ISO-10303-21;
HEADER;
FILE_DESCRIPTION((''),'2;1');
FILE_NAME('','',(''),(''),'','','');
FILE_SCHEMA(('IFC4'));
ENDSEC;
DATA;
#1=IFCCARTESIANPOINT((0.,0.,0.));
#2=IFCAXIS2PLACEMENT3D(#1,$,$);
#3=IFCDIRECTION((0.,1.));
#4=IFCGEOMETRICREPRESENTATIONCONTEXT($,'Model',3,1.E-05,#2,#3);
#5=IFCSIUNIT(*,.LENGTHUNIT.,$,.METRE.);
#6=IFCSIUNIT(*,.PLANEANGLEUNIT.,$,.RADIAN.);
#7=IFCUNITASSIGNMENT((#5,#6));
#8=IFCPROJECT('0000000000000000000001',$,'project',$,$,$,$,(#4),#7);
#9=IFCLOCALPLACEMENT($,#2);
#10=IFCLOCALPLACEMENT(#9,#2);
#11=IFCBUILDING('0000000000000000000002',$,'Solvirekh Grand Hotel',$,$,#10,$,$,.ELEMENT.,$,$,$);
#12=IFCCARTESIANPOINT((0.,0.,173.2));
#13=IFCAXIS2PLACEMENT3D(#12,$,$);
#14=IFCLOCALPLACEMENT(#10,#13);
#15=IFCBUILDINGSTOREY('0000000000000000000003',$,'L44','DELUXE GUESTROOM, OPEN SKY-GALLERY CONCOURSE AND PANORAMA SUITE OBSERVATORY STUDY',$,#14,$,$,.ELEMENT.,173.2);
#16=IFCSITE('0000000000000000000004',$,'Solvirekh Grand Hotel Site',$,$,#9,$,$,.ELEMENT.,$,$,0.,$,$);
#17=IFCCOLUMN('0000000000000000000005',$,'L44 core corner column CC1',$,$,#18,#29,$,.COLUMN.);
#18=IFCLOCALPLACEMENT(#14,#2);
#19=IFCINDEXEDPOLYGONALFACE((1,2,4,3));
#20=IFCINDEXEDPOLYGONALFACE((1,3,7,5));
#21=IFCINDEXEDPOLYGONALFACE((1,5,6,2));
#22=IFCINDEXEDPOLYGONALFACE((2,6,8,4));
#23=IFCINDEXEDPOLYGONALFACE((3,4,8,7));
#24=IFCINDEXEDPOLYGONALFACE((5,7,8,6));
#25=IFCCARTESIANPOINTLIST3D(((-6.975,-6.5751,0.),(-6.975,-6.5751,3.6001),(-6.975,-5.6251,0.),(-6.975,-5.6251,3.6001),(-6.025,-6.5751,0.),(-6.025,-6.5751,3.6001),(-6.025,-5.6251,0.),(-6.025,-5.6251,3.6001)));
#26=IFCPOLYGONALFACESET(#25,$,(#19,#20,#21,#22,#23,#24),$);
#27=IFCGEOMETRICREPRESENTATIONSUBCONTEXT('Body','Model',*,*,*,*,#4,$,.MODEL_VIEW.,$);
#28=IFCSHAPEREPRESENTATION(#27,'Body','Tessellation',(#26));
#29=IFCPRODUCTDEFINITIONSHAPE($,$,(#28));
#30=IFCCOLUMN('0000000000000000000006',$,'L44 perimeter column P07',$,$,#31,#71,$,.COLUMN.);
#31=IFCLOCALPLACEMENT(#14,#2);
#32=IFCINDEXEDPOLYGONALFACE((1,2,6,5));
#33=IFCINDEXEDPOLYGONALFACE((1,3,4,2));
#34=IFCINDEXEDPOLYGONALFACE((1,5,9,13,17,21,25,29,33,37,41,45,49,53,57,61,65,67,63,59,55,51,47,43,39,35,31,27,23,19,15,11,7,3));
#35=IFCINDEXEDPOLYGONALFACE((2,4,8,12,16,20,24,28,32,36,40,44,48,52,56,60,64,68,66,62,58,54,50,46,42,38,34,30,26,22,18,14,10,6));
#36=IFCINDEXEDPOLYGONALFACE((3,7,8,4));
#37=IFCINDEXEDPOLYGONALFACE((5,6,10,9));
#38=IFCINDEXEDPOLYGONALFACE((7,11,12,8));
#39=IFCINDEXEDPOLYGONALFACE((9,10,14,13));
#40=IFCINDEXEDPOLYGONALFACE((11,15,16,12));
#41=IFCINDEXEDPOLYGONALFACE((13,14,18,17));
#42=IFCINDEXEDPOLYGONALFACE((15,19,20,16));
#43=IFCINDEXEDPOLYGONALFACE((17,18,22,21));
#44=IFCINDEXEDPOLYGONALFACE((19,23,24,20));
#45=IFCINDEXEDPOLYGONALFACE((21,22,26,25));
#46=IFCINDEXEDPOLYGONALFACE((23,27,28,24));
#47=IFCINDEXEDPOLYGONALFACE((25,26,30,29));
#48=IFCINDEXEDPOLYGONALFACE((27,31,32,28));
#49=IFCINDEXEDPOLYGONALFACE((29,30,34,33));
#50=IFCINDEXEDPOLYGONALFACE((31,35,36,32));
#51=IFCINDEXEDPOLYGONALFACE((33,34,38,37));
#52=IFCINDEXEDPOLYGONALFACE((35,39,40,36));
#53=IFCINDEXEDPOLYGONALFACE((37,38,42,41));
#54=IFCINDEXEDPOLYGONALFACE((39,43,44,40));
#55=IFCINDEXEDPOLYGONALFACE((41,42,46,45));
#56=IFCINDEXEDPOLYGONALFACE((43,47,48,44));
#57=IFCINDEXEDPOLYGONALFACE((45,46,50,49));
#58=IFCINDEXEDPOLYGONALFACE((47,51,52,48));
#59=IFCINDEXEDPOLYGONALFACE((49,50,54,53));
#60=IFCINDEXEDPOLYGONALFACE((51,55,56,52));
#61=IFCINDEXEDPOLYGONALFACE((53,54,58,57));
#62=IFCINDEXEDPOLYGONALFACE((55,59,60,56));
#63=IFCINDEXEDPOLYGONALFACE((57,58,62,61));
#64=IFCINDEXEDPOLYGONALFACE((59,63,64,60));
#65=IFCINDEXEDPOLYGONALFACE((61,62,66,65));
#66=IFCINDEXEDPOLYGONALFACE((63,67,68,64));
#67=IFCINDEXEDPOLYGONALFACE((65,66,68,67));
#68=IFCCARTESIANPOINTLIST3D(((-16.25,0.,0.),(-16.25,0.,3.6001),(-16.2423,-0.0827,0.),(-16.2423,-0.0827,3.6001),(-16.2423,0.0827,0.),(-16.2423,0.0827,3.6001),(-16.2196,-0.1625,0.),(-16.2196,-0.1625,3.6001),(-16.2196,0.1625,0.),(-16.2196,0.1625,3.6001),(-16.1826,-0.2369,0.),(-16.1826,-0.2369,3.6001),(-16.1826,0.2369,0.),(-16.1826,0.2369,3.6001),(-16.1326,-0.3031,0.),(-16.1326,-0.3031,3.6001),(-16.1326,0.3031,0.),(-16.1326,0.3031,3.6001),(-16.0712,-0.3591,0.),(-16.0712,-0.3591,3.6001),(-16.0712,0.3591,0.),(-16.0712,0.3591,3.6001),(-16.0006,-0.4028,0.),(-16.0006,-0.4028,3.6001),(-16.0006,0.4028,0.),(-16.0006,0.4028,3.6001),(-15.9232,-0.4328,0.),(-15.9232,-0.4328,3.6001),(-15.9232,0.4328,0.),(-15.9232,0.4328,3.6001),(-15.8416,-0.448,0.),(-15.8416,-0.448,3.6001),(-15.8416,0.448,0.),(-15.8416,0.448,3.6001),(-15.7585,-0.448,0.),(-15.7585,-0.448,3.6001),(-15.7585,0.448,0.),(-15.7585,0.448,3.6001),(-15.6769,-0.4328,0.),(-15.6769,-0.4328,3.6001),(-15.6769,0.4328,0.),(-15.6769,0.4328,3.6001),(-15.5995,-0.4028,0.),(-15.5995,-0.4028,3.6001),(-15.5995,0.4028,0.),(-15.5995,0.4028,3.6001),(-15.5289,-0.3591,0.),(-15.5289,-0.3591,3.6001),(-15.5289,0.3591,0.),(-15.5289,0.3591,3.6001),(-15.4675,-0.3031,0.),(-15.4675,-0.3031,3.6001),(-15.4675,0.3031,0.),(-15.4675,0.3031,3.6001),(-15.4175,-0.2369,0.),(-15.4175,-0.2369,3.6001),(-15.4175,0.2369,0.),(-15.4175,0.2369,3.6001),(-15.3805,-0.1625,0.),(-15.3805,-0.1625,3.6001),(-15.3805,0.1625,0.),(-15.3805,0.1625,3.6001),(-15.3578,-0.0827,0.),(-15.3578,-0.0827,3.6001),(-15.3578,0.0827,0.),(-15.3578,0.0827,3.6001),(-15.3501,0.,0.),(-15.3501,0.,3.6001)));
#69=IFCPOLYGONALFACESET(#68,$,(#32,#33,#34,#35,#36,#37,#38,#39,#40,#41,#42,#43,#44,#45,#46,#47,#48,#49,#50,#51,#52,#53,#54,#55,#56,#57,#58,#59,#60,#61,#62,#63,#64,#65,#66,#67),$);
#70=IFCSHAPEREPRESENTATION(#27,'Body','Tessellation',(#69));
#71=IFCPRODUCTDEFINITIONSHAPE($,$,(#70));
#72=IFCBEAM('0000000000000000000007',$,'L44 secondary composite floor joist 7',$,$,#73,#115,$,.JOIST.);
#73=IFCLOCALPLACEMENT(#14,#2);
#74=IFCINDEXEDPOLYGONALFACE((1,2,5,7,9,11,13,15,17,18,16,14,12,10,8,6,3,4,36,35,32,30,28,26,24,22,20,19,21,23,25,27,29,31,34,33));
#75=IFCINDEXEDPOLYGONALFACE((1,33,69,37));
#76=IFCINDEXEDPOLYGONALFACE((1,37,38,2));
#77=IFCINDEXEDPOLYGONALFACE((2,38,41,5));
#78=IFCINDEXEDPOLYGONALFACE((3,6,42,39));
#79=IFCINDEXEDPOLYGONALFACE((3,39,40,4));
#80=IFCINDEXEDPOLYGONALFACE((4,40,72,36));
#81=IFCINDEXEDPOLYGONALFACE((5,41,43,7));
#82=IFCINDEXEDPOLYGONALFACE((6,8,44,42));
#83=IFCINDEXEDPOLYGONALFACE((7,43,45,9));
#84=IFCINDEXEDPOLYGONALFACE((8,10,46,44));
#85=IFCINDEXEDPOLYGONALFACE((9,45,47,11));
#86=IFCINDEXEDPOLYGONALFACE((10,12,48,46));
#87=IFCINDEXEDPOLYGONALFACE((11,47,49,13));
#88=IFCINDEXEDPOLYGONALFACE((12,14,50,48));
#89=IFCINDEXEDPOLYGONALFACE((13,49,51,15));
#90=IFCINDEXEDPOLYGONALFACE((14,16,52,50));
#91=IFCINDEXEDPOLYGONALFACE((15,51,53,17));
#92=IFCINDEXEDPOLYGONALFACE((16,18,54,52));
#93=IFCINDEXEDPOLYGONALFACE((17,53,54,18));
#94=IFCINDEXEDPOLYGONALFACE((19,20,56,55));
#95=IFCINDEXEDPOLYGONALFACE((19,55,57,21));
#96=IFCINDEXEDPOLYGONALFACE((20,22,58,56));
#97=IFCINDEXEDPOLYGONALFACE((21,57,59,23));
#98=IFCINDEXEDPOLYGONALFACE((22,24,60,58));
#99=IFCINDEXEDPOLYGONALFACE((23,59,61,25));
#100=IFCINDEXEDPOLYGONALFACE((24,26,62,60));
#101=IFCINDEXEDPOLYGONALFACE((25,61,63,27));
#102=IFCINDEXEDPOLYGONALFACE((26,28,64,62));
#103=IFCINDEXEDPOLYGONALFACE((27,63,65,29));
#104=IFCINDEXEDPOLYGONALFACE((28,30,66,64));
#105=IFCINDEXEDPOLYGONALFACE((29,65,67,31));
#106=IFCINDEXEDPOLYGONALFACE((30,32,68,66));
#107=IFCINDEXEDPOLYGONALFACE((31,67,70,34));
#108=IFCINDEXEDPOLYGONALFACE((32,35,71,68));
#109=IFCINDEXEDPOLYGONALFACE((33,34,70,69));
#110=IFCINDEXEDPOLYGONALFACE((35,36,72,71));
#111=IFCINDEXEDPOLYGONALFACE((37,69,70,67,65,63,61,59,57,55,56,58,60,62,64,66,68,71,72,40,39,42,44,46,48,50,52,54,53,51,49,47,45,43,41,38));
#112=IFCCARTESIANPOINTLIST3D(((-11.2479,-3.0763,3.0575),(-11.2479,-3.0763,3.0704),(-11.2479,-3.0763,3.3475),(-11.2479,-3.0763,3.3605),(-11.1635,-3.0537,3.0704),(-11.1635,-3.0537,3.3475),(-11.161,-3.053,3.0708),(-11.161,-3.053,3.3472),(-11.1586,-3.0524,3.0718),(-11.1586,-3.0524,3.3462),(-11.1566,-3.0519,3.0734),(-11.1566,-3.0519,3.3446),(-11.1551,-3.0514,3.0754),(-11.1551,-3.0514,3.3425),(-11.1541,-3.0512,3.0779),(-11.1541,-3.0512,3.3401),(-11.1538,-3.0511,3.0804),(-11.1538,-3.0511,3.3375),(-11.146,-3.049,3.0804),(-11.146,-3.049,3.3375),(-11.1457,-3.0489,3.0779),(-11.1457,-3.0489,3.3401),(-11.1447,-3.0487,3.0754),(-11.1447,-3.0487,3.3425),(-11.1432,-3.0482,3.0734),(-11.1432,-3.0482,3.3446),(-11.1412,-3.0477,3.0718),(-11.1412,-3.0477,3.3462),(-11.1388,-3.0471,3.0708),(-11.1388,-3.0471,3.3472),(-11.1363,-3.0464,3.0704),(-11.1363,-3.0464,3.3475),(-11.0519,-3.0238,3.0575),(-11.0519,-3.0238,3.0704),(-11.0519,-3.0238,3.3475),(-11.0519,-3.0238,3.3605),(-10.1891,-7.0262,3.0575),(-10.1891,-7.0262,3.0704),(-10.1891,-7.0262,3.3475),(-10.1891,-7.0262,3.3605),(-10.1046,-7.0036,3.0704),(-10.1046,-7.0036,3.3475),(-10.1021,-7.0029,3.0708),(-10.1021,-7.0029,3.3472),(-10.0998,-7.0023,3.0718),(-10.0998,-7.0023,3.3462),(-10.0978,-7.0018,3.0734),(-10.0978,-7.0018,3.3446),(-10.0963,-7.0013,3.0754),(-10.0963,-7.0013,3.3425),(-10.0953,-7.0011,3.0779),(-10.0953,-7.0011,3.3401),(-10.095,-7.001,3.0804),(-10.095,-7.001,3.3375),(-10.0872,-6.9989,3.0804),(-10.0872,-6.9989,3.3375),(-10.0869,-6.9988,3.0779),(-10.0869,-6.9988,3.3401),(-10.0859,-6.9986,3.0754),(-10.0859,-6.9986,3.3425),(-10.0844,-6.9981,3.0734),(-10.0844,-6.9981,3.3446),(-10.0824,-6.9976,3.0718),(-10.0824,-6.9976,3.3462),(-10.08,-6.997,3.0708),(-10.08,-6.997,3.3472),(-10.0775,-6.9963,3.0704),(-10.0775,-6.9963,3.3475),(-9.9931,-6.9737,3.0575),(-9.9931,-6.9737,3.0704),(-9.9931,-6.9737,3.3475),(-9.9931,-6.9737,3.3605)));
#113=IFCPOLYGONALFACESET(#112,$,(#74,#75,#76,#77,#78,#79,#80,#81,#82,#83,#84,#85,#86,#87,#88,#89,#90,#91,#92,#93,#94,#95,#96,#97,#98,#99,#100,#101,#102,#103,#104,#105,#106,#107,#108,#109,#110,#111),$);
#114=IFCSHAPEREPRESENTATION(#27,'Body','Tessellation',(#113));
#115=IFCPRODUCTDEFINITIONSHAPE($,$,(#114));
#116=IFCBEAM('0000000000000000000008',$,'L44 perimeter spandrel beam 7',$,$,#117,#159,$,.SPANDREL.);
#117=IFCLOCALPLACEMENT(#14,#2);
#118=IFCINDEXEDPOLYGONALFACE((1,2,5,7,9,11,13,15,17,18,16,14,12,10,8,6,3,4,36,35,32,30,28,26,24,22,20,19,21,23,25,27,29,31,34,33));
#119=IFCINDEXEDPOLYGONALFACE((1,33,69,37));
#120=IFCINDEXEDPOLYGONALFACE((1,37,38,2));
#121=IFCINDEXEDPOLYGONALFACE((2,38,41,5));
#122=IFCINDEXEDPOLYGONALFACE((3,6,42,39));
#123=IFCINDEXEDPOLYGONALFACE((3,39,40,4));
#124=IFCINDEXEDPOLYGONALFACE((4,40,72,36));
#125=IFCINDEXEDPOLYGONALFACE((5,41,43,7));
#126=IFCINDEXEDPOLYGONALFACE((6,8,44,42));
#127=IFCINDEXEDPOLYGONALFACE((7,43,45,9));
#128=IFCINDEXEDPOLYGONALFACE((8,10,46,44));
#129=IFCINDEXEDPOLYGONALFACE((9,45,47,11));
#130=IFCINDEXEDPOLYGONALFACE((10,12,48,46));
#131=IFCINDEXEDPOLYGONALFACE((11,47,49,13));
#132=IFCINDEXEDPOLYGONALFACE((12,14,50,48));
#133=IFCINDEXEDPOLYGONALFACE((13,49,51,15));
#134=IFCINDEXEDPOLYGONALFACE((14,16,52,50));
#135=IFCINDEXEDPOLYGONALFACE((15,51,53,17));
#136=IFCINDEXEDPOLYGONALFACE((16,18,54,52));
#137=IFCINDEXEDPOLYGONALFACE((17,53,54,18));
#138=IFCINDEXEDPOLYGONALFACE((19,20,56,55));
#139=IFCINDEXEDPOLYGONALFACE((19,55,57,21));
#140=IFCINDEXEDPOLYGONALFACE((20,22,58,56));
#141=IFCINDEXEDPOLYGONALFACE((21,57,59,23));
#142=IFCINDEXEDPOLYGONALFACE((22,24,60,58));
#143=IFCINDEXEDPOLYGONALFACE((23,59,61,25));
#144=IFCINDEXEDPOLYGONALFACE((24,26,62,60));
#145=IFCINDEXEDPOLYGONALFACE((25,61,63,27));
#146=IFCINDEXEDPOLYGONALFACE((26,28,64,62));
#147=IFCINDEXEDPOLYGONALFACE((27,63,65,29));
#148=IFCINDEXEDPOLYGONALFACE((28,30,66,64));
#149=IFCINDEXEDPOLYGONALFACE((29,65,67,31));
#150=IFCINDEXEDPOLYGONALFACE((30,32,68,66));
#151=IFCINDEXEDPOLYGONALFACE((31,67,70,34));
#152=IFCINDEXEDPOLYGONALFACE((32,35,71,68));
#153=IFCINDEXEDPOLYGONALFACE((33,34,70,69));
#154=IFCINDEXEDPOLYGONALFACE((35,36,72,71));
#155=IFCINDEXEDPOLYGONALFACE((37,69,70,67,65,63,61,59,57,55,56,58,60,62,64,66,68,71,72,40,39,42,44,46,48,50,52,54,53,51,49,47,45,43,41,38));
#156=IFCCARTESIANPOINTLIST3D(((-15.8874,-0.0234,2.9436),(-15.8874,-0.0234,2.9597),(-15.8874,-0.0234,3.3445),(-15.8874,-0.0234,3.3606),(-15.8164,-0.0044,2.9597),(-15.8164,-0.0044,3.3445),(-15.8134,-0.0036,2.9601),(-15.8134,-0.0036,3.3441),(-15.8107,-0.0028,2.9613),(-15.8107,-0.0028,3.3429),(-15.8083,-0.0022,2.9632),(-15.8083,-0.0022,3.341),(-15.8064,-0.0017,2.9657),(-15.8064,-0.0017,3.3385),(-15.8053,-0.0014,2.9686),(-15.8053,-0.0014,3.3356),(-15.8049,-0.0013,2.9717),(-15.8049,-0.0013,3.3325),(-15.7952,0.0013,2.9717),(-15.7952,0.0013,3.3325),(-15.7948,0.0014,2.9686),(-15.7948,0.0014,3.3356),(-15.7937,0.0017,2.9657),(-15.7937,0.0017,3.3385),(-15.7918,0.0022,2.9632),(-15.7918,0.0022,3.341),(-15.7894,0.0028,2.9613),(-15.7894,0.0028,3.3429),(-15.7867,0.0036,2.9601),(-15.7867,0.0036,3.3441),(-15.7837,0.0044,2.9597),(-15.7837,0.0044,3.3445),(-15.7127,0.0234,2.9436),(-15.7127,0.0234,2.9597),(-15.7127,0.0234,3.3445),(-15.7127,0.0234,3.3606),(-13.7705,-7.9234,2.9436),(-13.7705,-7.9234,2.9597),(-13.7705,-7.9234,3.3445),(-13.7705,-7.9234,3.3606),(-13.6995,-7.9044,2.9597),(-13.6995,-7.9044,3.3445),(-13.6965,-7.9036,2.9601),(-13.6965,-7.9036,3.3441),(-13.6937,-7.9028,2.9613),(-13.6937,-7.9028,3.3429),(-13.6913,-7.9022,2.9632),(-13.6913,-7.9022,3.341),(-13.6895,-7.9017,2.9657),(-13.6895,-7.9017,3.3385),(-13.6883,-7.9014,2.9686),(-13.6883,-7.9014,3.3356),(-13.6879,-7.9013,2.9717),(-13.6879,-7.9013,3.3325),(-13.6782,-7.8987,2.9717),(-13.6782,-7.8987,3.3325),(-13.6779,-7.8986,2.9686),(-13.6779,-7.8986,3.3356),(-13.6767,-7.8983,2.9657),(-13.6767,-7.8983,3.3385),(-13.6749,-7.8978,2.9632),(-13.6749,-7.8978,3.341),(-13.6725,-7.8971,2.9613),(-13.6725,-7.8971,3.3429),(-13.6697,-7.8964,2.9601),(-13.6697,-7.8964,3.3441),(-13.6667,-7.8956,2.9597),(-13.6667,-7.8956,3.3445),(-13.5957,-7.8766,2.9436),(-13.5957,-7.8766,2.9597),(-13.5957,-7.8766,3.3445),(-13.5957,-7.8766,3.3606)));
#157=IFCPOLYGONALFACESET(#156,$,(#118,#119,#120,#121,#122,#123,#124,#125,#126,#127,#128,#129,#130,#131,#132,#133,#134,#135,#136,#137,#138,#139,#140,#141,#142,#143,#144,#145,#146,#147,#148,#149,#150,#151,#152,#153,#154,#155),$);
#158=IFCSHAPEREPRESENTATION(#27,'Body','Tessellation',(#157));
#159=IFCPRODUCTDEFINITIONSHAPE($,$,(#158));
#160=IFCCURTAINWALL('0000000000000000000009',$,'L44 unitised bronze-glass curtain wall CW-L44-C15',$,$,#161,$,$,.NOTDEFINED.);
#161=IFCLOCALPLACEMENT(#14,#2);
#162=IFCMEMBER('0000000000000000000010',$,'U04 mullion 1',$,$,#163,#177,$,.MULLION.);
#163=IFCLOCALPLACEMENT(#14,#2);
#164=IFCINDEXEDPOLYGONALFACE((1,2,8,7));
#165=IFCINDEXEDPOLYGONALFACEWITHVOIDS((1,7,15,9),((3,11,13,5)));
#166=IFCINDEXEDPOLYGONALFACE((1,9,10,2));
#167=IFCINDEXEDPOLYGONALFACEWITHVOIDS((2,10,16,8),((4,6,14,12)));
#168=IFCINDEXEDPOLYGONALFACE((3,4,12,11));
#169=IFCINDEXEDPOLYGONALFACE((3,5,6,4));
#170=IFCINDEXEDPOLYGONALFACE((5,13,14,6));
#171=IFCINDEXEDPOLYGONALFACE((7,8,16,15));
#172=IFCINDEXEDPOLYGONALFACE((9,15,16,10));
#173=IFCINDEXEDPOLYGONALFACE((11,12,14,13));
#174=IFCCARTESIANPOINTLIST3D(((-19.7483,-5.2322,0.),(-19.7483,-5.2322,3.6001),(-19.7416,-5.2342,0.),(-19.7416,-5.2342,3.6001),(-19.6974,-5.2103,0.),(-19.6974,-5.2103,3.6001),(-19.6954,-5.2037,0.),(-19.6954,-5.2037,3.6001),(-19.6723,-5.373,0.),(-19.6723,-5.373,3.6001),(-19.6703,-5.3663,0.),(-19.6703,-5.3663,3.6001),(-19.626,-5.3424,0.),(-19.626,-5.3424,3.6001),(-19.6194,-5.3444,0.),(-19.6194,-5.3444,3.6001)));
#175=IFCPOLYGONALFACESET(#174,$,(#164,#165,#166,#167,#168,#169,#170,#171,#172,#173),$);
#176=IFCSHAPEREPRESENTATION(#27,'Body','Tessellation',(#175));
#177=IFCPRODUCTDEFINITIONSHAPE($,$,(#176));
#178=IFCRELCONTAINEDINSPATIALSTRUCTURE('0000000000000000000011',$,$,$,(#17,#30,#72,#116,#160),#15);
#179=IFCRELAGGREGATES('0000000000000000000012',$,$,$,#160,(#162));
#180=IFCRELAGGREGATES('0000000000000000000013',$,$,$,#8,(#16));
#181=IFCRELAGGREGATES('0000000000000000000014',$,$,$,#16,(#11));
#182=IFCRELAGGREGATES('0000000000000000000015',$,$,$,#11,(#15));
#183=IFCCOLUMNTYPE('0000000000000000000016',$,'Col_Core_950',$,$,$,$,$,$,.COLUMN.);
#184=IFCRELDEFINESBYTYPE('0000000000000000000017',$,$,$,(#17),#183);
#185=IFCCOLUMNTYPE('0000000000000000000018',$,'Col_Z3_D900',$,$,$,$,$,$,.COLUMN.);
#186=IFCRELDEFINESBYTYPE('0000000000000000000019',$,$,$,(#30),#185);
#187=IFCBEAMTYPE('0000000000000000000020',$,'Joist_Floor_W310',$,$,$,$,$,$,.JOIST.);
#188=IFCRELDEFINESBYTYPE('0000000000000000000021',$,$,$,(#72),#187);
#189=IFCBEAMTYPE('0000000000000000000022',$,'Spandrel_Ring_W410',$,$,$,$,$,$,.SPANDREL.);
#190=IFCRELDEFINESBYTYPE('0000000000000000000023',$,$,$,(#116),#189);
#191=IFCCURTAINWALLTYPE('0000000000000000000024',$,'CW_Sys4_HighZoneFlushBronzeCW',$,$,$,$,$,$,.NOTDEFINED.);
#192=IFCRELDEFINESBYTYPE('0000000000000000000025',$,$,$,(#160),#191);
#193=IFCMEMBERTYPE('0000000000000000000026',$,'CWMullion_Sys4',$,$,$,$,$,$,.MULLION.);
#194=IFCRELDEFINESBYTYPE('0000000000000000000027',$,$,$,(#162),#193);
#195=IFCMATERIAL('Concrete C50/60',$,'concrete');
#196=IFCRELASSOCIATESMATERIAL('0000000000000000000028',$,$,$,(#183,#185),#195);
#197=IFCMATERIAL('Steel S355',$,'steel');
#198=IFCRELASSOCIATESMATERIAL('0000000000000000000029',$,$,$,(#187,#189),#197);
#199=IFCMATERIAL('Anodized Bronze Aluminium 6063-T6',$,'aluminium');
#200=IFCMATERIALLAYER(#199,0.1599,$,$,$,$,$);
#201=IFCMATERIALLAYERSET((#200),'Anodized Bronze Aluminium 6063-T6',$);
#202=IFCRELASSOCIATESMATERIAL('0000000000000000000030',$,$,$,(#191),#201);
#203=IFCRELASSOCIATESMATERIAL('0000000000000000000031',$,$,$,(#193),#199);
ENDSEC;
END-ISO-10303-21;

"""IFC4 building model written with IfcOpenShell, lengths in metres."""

from ifc_helpers import new_model, si_unit, direction, frame, origin, origin_2d, place, context, subcontext, project, spatial, rectangle, hollow_rectangle, circle, i_section, extrude, source, transform, mapped, material, layer, layer_set, material_profile, profile_set, type_object, element, aggregate, save


model = new_model("IFC4")

# Units and contexts
model_context = context("Model", 3, precision=1e-05, world=origin(), true_north=direction((0.0, 1.0)))
body_context = subcontext(model_context, "Body", "Model", "MODEL_VIEW")
ifc_project = project(units=[si_unit("LENGTHUNIT", "METRE"), si_unit("PLANEANGLEUNIT", "RADIAN")], contexts=[model_context])

# Site, building, storey
site_placement = place(None, origin())
site = spatial("IfcSite", under=ifc_project, at=site_placement, Name="Solvirekh Grand Hotel Site", CompositionType="ELEMENT", RefElevation=0.0)
building_placement = place(site_placement, origin())
building = spatial("IfcBuilding", under=site, at=building_placement, Name="Solvirekh Grand Hotel", CompositionType="ELEMENT")
storey_placement = place(building_placement, frame((0.0, 0.0, 173.2)))
storey = spatial("IfcBuildingStorey", under=building, at=storey_placement, Name="L44", Description="DELUXE GUESTROOM, OPEN SKY-GALLERY CONCOURSE AND PANORAMA SUITE OBSERVATORY STUDY", CompositionType="ELEMENT", Elevation=173.2)

# Columns
ifc_material_1 = material(Name="Concrete C50/60", Category="concrete")
ifc_material_profile_1 = material_profile(ifc_material_1, rectangle(XDim=0.95, YDim=0.95, at=origin_2d()), Name="RC 950X950")
ifc_profile_set_1 = profile_set([ifc_material_profile_1], Name="Concrete C50/60")
column_type_1 = type_object("IfcColumnType", Name="Col_Core_950", PredefinedType="COLUMN", material=ifc_profile_set_1)
column_1_placement = place(storey_placement, frame((-6.5, -6.1001, 0.0), z_axis=(0.0, 0.0, 1.0), x_axis=(1.0, 0.0, 0.0)))
element("IfcColumn", 1, at=column_1_placement, inside=storey, type_object=column_type_1, Name="L44 core corner column CC1", PredefinedType="COLUMN", context=body_context, shape_type="SweptSolid", body=[
    extrude(rectangle(XDim=0.95, YDim=0.95, at=origin_2d()), origin(), (0.0, 0.0, 1.0), 3.6001),
])
ifc_material_profile_2 = material_profile(ifc_material_1, circle(Radius=0.45, at=origin_2d()), Name="RC CIRC D900")
ifc_profile_set_2 = profile_set([ifc_material_profile_2], Name="Concrete C50/60")
column_type_2 = type_object("IfcColumnType", Name="Col_Z3_D900", PredefinedType="COLUMN", material=ifc_profile_set_2)
column_2_placement = place(storey_placement, frame((-15.8, 0.0, 0.0), z_axis=(0.0, 0.0, 1.0), x_axis=(1.0, 0.0, 0.0)))
element("IfcColumn", 2, at=column_2_placement, inside=storey, type_object=column_type_2, Name="L44 perimeter column P07", PredefinedType="COLUMN", context=body_context, shape_type="SweptSolid", body=[
    extrude(circle(Radius=0.45, at=origin_2d()), origin(), (0.0, 0.0, 1.0), 3.6001),
])

# Beams
ifc_material_2 = material(Name="Steel S355", Category="steel")
ifc_material_profile_3 = material_profile(ifc_material_2, i_section(OverallWidth=0.2029, OverallDepth=0.303, WebThickness=0.0081, FlangeThickness=0.0129, FilletRadius=0.01, at=origin_2d()), Name="W310X60")
ifc_profile_set_3 = profile_set([ifc_material_profile_3], Name="Steel S355")
beam_type_1 = type_object("IfcBeamType", Name="Joist_Floor_W310", PredefinedType="JOIST", material=ifc_profile_set_3)
beam_1_placement = place(storey_placement, frame((-11.1499, -3.05, 3.209), z_axis=(0.258922, -0.965898, 0.0), x_axis=(0.965898, 0.258922, 0.0)))
element("IfcBeam", 3, at=beam_1_placement, inside=storey, type_object=beam_type_1, Name="L44 secondary composite floor joist 7", PredefinedType="JOIST", context=body_context, shape_type="SweptSolid", body=[
    extrude(i_section(OverallWidth=0.2029, OverallDepth=0.303, WebThickness=0.0081, FlangeThickness=0.0129, FilletRadius=0.01, at=origin_2d()), origin(), (0.0, 0.0, 1.0), 4.0894),
])
ifc_material_profile_4 = material_profile(ifc_material_2, i_section(OverallWidth=0.1809, OverallDepth=0.417, WebThickness=0.01, FlangeThickness=0.0161, FilletRadius=0.012, at=origin_2d()), Name="W410X85")
ifc_profile_set_4 = profile_set([ifc_material_profile_4], Name="Steel S355")
beam_type_2 = type_object("IfcBeamType", Name="Spandrel_Ring_W410", PredefinedType="SPANDREL", material=ifc_profile_set_4)
beam_2_placement = place(storey_placement, frame((-15.8, 0.0, 3.1521), z_axis=(0.258839, -0.965921, 0.0), x_axis=(0.965921, 0.258839, 0.0)))
element("IfcBeam", 4, at=beam_2_placement, inside=storey, type_object=beam_type_2, Name="L44 perimeter spandrel beam 7", PredefinedType="SPANDREL", context=body_context, shape_type="SweptSolid", body=[
    extrude(i_section(OverallWidth=0.1809, OverallDepth=0.417, WebThickness=0.01, FlangeThickness=0.0161, FilletRadius=0.012, at=origin_2d()), origin(), (0.0, 0.0, 1.0), 8.1787),
])

# Curtain wall, member
ifc_material_3 = material(Name="Anodized Bronze Aluminium 6063-T6", Category="aluminium")
ifc_layer_1 = layer(ifc_material_3, 0.1599)
ifc_layer_set_1 = layer_set([ifc_layer_1], Name="Anodized Bronze Aluminium 6063-T6")
curtain_wall_type = type_object("IfcCurtainWallType", Name="CW_Sys4_HighZoneFlushBronzeCW", PredefinedType="NOTDEFINED", material=ifc_layer_set_1)
curtain_wall_placement = place(storey_placement, origin())
curtain_wall = element("IfcCurtainWall", 5, at=curtain_wall_placement, inside=storey, type_object=curtain_wall_type, Name="L44 unitised bronze-glass curtain wall CW-L44-C15", PredefinedType="NOTDEFINED")
ifc_material_profile_5 = material_profile(ifc_material_3, hollow_rectangle(XDim=0.0601, YDim=0.1599, WallThickness=0.0049, at=origin_2d()), Name="ALU RHS 160X60X5")
ifc_profile_set_5 = profile_set([ifc_material_profile_5], Name="Anodized Bronze Aluminium 6063-T6")
member_type_1 = type_object("IfcMemberType", Name="CWMullion_Sys4", PredefinedType="MULLION", material=ifc_profile_set_5)
shared_shape_1 = source(origin(), body_context, "Body", "SweptSolid", [
    extrude(hollow_rectangle(XDim=0.0601, YDim=0.1599, WallThickness=0.0049, at=origin_2d()), origin(), (0.0, 0.0, 1.0), 3.6001),
])
member_1_placement = place(storey_placement, frame((-19.6838, -5.2883, 0.0), z_axis=(0.0, 0.0, 1.0), x_axis=(0.879893, 0.475172, 0.0)))
member_1 = element("IfcMember", 6, at=member_1_placement, type_object=member_type_1, Name="U04 mullion 1", PredefinedType="MULLION", context=body_context, shape_type="MappedRepresentation", body=[
    mapped(shared_shape_1, transform((0.0, 0.0, 0.0), x_axis=(1.0, 0.0, 0.0), y_axis=(0.0, 1.0, 0.0), z_axis=(0.0, 0.0, 1.0), scale=1.0)),
])
aggregate(curtain_wall, [member_1])

save(model, "model.ifc")
